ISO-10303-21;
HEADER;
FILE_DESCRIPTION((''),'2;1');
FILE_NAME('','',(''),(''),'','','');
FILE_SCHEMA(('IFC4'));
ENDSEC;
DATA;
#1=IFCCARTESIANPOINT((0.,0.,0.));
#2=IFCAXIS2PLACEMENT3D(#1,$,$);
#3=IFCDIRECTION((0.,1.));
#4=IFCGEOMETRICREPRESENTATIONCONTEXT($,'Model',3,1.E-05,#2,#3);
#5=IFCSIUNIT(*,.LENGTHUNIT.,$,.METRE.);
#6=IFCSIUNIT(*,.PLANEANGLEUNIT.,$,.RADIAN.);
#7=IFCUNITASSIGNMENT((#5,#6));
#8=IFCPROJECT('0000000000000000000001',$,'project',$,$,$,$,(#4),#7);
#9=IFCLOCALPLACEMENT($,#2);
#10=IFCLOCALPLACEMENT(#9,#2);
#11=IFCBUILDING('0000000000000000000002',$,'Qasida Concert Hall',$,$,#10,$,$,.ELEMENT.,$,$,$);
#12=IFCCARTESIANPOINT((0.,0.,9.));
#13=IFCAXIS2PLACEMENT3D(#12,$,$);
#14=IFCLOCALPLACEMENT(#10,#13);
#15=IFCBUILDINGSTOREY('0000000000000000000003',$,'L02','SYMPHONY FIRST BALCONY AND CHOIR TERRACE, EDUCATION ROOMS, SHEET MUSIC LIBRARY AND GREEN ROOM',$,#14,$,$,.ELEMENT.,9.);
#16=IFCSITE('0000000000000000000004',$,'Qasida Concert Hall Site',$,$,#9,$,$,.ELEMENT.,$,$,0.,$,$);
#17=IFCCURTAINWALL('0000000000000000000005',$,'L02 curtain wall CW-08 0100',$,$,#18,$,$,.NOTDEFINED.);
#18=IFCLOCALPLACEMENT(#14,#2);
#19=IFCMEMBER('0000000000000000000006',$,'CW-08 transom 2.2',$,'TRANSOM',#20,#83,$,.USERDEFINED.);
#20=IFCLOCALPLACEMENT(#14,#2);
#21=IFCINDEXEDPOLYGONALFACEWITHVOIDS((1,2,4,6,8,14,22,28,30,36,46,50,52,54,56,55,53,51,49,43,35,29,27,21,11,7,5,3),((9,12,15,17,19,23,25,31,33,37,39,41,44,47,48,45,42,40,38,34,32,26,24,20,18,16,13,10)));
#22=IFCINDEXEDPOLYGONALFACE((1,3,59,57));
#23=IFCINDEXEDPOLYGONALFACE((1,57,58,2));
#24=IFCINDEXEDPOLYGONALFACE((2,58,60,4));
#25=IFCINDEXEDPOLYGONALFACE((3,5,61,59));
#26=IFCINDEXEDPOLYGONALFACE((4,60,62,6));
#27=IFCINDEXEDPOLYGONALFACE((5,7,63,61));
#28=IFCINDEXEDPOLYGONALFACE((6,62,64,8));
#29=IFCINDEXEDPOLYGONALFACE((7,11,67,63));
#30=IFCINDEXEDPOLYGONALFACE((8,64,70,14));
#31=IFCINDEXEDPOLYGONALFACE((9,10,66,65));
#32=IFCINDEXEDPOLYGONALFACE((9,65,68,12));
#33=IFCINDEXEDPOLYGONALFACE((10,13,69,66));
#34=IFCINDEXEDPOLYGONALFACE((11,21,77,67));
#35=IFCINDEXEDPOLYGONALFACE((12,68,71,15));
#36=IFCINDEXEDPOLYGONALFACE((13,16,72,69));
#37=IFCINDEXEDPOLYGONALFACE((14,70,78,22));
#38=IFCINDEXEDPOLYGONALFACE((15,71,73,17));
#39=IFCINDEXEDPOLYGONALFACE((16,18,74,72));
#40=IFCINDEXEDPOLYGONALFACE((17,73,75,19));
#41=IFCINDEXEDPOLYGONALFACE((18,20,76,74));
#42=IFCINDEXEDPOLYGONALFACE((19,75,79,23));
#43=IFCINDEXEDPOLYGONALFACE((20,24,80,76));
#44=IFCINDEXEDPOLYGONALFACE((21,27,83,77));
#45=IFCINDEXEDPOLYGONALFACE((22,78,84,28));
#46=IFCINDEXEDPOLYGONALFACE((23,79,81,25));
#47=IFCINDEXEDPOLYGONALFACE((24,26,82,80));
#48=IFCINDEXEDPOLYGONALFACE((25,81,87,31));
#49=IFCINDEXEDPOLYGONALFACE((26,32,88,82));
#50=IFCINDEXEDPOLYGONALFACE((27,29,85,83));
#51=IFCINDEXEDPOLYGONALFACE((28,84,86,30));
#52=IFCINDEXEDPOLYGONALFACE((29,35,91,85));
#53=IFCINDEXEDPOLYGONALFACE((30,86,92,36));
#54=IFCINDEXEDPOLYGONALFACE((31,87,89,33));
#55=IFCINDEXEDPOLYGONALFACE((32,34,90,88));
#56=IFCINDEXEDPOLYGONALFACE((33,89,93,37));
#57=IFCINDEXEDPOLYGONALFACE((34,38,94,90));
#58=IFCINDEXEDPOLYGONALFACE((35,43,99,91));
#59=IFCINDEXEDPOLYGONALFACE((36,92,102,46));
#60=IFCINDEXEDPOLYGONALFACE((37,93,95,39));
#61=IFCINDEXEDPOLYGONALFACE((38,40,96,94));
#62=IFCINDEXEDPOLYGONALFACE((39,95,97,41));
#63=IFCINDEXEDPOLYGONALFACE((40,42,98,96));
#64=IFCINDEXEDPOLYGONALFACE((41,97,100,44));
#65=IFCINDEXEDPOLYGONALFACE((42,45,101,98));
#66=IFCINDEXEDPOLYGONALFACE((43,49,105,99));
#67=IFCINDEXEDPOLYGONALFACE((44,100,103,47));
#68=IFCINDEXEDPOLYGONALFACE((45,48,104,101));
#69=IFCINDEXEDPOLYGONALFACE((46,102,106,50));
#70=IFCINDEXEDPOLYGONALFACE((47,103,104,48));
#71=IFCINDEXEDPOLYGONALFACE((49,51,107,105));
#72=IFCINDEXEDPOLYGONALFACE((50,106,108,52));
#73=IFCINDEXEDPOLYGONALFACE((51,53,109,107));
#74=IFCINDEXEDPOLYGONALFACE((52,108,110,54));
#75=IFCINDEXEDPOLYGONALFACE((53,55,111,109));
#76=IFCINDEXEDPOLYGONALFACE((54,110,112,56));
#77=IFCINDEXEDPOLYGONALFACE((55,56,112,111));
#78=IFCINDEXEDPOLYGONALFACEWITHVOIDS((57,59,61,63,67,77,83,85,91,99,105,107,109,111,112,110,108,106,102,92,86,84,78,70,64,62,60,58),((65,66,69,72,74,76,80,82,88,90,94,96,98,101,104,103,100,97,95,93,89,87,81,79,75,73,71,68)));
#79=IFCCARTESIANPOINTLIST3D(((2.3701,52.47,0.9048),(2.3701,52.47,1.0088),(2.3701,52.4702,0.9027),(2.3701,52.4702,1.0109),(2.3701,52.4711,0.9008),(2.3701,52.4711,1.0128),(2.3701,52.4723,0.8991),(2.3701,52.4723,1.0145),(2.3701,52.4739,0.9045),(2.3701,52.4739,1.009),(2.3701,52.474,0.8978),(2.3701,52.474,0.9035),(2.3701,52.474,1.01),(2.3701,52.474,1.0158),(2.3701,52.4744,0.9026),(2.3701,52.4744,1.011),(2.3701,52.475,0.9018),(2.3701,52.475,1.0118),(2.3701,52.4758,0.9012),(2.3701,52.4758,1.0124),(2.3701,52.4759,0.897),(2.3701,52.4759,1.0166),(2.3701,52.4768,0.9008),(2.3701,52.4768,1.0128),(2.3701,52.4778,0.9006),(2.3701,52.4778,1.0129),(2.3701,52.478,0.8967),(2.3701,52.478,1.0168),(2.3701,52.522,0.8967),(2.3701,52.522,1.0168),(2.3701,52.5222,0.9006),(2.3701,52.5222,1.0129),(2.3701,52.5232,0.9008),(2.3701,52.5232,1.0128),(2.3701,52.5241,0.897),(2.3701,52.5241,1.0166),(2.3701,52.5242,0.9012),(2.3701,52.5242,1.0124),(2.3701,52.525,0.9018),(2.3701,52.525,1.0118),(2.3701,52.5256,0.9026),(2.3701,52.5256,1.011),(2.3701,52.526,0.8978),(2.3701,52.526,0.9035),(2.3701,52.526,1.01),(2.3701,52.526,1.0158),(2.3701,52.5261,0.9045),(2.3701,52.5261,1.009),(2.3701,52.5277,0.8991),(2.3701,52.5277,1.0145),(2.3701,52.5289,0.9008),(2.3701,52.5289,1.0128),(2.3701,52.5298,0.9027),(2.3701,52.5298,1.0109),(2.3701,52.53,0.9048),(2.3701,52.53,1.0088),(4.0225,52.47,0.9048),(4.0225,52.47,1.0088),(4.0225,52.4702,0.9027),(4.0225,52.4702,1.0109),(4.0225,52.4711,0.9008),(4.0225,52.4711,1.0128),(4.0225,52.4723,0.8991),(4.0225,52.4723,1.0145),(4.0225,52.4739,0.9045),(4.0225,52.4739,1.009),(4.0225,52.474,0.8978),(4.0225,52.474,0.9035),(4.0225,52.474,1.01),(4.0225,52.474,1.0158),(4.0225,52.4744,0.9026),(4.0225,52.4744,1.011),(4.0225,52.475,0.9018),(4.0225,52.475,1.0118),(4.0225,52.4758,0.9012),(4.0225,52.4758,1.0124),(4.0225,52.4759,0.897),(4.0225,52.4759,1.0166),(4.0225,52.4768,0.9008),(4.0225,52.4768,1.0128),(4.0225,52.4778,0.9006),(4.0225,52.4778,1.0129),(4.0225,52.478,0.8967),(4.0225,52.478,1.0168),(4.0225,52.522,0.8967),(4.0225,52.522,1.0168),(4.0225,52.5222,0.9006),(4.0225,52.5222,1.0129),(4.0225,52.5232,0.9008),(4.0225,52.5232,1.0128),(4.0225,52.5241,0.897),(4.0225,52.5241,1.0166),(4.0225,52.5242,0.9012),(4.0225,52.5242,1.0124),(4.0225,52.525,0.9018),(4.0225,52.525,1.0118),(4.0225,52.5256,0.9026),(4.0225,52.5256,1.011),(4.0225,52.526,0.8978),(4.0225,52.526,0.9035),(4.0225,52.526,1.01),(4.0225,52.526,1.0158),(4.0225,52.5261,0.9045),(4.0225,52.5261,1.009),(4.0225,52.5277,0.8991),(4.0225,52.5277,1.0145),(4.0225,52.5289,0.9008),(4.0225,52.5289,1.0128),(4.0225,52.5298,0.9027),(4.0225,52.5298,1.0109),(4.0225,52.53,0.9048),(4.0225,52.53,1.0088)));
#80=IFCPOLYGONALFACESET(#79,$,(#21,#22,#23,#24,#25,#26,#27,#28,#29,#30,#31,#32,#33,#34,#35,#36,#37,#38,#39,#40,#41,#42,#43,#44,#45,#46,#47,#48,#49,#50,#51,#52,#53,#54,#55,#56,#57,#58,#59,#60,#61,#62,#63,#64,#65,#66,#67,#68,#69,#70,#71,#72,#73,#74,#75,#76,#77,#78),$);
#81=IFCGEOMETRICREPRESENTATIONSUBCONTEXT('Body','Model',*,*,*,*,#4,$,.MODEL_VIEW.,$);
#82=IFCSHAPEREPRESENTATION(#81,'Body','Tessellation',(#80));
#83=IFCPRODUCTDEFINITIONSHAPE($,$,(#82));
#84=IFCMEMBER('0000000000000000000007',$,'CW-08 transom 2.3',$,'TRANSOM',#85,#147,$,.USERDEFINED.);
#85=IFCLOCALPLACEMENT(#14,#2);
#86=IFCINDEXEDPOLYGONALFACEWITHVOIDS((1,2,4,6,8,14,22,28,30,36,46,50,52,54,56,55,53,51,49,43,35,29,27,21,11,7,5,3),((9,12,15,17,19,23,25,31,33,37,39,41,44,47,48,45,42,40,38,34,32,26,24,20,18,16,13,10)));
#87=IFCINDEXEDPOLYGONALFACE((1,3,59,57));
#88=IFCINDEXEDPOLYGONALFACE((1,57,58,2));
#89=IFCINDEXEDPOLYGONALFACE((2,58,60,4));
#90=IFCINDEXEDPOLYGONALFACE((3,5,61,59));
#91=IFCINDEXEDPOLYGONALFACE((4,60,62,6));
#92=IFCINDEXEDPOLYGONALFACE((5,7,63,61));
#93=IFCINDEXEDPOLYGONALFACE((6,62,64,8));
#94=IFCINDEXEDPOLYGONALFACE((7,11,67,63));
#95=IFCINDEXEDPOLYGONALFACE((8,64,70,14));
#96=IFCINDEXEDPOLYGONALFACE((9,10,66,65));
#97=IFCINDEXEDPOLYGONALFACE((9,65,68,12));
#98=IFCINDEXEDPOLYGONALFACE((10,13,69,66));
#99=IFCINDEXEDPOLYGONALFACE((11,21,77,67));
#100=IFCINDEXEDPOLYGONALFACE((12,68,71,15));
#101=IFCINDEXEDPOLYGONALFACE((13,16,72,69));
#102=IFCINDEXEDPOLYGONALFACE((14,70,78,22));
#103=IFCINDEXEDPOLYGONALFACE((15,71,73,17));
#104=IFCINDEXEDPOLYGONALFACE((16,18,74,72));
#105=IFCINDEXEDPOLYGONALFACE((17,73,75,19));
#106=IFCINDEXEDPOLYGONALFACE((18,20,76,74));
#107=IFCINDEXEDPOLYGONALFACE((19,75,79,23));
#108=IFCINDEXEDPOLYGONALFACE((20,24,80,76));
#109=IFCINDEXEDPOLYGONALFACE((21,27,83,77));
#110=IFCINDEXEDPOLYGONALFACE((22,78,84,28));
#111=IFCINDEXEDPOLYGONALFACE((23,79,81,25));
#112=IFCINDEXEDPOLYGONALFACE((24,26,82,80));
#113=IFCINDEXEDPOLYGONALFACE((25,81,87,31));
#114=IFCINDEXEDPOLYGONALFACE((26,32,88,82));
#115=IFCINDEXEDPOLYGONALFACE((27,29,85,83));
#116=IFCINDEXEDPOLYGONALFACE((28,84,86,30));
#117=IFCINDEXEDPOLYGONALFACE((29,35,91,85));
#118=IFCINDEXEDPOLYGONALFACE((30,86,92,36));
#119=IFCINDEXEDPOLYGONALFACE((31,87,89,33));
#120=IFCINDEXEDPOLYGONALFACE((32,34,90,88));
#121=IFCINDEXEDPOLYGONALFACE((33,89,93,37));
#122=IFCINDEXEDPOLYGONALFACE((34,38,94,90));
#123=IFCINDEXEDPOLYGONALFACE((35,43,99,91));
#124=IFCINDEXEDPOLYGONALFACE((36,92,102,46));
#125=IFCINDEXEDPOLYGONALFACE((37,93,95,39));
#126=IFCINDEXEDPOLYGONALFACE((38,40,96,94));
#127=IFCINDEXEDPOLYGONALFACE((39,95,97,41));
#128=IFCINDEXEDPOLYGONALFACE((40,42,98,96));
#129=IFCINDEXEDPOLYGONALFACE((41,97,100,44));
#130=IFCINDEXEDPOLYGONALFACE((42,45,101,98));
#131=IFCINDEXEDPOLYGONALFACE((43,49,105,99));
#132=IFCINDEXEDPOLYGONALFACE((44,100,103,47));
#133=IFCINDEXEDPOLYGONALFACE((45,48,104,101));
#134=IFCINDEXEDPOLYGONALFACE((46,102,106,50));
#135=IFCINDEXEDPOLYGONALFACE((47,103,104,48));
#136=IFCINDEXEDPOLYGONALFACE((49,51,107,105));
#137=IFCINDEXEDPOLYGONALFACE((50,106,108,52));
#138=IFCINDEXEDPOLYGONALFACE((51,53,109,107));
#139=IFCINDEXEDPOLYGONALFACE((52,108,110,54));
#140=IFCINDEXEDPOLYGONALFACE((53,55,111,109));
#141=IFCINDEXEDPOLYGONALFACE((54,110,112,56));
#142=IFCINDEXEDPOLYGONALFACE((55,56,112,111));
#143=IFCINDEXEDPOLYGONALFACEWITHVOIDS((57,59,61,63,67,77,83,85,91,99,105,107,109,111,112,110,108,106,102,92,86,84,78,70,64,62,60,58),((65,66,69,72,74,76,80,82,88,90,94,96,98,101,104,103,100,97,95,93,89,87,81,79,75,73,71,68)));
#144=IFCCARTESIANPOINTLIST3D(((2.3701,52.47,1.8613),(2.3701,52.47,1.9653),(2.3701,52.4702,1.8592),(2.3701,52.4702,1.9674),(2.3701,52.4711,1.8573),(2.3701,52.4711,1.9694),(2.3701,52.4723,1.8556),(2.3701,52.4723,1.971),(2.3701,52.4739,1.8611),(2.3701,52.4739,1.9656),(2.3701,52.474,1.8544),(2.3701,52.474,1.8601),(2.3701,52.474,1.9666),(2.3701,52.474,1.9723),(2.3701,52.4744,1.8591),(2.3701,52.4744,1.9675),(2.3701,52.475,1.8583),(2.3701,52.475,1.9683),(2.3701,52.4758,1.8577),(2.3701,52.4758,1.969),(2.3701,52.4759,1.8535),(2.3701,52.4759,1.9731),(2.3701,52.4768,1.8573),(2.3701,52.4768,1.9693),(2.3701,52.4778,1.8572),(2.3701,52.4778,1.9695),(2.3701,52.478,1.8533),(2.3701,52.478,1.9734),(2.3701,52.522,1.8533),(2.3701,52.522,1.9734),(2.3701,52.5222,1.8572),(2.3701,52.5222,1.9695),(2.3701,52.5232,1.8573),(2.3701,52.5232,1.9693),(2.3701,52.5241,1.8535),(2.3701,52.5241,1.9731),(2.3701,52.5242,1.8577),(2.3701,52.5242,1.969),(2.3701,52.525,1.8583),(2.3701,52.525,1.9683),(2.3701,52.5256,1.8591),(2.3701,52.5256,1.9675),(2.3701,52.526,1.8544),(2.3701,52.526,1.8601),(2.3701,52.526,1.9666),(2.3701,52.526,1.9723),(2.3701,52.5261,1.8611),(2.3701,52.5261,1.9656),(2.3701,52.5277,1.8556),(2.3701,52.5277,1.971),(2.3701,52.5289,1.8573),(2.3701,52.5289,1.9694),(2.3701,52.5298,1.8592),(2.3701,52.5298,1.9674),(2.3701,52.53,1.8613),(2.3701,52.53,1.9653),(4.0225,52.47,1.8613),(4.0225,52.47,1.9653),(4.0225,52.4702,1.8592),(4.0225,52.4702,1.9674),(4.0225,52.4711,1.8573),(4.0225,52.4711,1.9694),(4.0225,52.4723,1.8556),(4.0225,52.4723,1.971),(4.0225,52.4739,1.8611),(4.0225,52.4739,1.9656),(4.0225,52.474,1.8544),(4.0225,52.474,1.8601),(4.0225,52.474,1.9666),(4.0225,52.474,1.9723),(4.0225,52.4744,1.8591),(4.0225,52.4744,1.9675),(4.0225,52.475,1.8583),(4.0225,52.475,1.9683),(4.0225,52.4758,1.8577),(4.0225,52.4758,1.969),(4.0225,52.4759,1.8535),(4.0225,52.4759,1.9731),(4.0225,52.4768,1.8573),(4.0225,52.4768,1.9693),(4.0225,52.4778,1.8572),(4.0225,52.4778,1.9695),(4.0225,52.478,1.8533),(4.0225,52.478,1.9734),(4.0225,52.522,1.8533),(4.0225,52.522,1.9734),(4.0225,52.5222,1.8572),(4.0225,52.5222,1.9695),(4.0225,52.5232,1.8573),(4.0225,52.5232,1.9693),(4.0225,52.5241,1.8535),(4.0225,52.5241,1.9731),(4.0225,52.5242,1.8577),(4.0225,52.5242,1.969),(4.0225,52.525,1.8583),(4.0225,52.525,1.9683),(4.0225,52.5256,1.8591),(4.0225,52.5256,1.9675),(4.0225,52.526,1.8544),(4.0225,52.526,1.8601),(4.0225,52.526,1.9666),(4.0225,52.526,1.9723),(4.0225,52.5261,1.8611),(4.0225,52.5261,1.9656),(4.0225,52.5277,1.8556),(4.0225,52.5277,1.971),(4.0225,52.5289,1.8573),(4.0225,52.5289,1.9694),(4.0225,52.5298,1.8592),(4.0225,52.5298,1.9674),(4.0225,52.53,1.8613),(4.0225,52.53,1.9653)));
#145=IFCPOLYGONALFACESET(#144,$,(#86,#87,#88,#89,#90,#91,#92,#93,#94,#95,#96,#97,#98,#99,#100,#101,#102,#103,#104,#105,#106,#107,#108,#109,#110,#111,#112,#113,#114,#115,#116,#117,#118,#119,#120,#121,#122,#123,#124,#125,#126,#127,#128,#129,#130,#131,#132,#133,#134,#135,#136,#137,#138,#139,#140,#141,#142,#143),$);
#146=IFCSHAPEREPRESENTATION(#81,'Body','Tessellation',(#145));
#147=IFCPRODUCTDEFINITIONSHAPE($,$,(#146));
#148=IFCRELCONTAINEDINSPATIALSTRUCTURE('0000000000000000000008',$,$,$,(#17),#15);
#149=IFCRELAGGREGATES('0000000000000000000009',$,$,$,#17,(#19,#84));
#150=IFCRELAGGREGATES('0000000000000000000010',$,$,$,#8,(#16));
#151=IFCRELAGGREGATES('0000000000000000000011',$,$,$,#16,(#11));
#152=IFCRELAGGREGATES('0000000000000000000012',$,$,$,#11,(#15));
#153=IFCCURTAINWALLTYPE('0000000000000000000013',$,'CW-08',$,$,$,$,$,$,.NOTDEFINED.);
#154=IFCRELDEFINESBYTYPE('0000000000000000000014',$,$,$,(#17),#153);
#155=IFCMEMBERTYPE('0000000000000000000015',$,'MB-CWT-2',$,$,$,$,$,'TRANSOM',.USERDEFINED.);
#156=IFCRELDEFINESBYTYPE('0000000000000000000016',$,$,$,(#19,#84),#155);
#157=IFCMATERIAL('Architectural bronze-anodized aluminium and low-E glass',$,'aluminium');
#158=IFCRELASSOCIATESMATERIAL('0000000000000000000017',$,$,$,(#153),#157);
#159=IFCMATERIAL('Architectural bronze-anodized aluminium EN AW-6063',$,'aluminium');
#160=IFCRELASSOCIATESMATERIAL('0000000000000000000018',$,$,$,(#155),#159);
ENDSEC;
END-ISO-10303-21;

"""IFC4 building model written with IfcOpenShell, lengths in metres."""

from ifc_helpers import new_model, si_unit, direction, frame, origin, origin_2d, place, context, subcontext, project, spatial, hollow_rectangle, extrude, material, material_profile, profile_set, type_object, element, aggregate, save


model = new_model("IFC4")

# Units and contexts
model_context = context("Model", 3, precision=1e-05, world=origin(), true_north=direction((0.0, 1.0)))
body_context = subcontext(model_context, "Body", "Model", "MODEL_VIEW")
ifc_project = project(units=[si_unit("LENGTHUNIT", "METRE"), si_unit("PLANEANGLEUNIT", "RADIAN")], contexts=[model_context])

# Site, building, storey
site_placement = place(None, origin())
site = spatial("IfcSite", under=ifc_project, at=site_placement, Name="Qasida Concert Hall Site", CompositionType="ELEMENT", RefElevation=0.0)
building_placement = place(site_placement, origin())
building = spatial("IfcBuilding", under=site, at=building_placement, Name="Qasida Concert Hall", CompositionType="ELEMENT")
storey_placement = place(building_placement, frame((0.0, 0.0, 9.0)))
storey = spatial("IfcBuildingStorey", under=building, at=storey_placement, Name="L02", Description="SYMPHONY FIRST BALCONY AND CHOIR TERRACE, EDUCATION ROOMS, SHEET MUSIC LIBRARY AND GREEN ROOM", CompositionType="ELEMENT", Elevation=9.0)

# Curtain wall, members
ifc_material_1 = material(Name="Architectural bronze-anodized aluminium and low-E glass", Category="aluminium")
curtain_wall_type = type_object("IfcCurtainWallType", Name="CW-08", PredefinedType="NOTDEFINED", material=ifc_material_1)
curtain_wall_placement = place(storey_placement, origin())
curtain_wall = element("IfcCurtainWall", 1, at=curtain_wall_placement, inside=storey, type_object=curtain_wall_type, Name="L02 curtain wall CW-08 0100", PredefinedType="NOTDEFINED")
ifc_material_2 = material(Name="Architectural bronze-anodized aluminium EN AW-6063", Category="aluminium")
ifc_material_profile_1 = material_profile(ifc_material_2, hollow_rectangle(XDim=0.0601, YDim=0.1201, WallThickness=0.0039, InnerFilletRadius=0.0039, OuterFilletRadius=0.0081, at=origin_2d()), Name="CWT 120x60x4")
ifc_profile_set_1 = profile_set([ifc_material_profile_1], Name="Architectural bronze-anodized aluminium EN AW-6063")
member_type_1 = type_object("IfcMemberType", Name="MB-CWT-2", ElementType="TRANSOM", PredefinedType="USERDEFINED", material=ifc_profile_set_1)
member_1_placement = place(storey_placement, frame((2.3701, 52.5, 0.9568), z_axis=(1.0, 0.0, 0.0), x_axis=(0.0, 1.0, 0.0)))
member_1 = element("IfcMember", 2, at=member_1_placement, type_object=member_type_1, Name="CW-08 transom 2.2", ObjectType="TRANSOM", PredefinedType="USERDEFINED", context=body_context, shape_type="SweptSolid", body=[
    extrude(hollow_rectangle(XDim=0.0601, YDim=0.1201, WallThickness=0.0039, InnerFilletRadius=0.0039, OuterFilletRadius=0.0081, at=origin_2d()), origin(), (0.0, 0.0, 1.0), 1.6523),
])
member_2_placement = place(storey_placement, frame((2.3701, 52.5, 1.9133), z_axis=(1.0, 0.0, 0.0), x_axis=(0.0, 1.0, 0.0)))
member_2 = element("IfcMember", 3, at=member_2_placement, type_object=member_type_1, Name="CW-08 transom 2.3", ObjectType="TRANSOM", PredefinedType="USERDEFINED", context=body_context, shape_type="SweptSolid", body=[
    extrude(hollow_rectangle(XDim=0.0601, YDim=0.1201, WallThickness=0.0039, InnerFilletRadius=0.0039, OuterFilletRadius=0.0081, at=origin_2d()), origin(), (0.0, 0.0, 1.0), 1.6523),
])
aggregate(curtain_wall, [member_1, member_2])

save(model, "model.ifc")
